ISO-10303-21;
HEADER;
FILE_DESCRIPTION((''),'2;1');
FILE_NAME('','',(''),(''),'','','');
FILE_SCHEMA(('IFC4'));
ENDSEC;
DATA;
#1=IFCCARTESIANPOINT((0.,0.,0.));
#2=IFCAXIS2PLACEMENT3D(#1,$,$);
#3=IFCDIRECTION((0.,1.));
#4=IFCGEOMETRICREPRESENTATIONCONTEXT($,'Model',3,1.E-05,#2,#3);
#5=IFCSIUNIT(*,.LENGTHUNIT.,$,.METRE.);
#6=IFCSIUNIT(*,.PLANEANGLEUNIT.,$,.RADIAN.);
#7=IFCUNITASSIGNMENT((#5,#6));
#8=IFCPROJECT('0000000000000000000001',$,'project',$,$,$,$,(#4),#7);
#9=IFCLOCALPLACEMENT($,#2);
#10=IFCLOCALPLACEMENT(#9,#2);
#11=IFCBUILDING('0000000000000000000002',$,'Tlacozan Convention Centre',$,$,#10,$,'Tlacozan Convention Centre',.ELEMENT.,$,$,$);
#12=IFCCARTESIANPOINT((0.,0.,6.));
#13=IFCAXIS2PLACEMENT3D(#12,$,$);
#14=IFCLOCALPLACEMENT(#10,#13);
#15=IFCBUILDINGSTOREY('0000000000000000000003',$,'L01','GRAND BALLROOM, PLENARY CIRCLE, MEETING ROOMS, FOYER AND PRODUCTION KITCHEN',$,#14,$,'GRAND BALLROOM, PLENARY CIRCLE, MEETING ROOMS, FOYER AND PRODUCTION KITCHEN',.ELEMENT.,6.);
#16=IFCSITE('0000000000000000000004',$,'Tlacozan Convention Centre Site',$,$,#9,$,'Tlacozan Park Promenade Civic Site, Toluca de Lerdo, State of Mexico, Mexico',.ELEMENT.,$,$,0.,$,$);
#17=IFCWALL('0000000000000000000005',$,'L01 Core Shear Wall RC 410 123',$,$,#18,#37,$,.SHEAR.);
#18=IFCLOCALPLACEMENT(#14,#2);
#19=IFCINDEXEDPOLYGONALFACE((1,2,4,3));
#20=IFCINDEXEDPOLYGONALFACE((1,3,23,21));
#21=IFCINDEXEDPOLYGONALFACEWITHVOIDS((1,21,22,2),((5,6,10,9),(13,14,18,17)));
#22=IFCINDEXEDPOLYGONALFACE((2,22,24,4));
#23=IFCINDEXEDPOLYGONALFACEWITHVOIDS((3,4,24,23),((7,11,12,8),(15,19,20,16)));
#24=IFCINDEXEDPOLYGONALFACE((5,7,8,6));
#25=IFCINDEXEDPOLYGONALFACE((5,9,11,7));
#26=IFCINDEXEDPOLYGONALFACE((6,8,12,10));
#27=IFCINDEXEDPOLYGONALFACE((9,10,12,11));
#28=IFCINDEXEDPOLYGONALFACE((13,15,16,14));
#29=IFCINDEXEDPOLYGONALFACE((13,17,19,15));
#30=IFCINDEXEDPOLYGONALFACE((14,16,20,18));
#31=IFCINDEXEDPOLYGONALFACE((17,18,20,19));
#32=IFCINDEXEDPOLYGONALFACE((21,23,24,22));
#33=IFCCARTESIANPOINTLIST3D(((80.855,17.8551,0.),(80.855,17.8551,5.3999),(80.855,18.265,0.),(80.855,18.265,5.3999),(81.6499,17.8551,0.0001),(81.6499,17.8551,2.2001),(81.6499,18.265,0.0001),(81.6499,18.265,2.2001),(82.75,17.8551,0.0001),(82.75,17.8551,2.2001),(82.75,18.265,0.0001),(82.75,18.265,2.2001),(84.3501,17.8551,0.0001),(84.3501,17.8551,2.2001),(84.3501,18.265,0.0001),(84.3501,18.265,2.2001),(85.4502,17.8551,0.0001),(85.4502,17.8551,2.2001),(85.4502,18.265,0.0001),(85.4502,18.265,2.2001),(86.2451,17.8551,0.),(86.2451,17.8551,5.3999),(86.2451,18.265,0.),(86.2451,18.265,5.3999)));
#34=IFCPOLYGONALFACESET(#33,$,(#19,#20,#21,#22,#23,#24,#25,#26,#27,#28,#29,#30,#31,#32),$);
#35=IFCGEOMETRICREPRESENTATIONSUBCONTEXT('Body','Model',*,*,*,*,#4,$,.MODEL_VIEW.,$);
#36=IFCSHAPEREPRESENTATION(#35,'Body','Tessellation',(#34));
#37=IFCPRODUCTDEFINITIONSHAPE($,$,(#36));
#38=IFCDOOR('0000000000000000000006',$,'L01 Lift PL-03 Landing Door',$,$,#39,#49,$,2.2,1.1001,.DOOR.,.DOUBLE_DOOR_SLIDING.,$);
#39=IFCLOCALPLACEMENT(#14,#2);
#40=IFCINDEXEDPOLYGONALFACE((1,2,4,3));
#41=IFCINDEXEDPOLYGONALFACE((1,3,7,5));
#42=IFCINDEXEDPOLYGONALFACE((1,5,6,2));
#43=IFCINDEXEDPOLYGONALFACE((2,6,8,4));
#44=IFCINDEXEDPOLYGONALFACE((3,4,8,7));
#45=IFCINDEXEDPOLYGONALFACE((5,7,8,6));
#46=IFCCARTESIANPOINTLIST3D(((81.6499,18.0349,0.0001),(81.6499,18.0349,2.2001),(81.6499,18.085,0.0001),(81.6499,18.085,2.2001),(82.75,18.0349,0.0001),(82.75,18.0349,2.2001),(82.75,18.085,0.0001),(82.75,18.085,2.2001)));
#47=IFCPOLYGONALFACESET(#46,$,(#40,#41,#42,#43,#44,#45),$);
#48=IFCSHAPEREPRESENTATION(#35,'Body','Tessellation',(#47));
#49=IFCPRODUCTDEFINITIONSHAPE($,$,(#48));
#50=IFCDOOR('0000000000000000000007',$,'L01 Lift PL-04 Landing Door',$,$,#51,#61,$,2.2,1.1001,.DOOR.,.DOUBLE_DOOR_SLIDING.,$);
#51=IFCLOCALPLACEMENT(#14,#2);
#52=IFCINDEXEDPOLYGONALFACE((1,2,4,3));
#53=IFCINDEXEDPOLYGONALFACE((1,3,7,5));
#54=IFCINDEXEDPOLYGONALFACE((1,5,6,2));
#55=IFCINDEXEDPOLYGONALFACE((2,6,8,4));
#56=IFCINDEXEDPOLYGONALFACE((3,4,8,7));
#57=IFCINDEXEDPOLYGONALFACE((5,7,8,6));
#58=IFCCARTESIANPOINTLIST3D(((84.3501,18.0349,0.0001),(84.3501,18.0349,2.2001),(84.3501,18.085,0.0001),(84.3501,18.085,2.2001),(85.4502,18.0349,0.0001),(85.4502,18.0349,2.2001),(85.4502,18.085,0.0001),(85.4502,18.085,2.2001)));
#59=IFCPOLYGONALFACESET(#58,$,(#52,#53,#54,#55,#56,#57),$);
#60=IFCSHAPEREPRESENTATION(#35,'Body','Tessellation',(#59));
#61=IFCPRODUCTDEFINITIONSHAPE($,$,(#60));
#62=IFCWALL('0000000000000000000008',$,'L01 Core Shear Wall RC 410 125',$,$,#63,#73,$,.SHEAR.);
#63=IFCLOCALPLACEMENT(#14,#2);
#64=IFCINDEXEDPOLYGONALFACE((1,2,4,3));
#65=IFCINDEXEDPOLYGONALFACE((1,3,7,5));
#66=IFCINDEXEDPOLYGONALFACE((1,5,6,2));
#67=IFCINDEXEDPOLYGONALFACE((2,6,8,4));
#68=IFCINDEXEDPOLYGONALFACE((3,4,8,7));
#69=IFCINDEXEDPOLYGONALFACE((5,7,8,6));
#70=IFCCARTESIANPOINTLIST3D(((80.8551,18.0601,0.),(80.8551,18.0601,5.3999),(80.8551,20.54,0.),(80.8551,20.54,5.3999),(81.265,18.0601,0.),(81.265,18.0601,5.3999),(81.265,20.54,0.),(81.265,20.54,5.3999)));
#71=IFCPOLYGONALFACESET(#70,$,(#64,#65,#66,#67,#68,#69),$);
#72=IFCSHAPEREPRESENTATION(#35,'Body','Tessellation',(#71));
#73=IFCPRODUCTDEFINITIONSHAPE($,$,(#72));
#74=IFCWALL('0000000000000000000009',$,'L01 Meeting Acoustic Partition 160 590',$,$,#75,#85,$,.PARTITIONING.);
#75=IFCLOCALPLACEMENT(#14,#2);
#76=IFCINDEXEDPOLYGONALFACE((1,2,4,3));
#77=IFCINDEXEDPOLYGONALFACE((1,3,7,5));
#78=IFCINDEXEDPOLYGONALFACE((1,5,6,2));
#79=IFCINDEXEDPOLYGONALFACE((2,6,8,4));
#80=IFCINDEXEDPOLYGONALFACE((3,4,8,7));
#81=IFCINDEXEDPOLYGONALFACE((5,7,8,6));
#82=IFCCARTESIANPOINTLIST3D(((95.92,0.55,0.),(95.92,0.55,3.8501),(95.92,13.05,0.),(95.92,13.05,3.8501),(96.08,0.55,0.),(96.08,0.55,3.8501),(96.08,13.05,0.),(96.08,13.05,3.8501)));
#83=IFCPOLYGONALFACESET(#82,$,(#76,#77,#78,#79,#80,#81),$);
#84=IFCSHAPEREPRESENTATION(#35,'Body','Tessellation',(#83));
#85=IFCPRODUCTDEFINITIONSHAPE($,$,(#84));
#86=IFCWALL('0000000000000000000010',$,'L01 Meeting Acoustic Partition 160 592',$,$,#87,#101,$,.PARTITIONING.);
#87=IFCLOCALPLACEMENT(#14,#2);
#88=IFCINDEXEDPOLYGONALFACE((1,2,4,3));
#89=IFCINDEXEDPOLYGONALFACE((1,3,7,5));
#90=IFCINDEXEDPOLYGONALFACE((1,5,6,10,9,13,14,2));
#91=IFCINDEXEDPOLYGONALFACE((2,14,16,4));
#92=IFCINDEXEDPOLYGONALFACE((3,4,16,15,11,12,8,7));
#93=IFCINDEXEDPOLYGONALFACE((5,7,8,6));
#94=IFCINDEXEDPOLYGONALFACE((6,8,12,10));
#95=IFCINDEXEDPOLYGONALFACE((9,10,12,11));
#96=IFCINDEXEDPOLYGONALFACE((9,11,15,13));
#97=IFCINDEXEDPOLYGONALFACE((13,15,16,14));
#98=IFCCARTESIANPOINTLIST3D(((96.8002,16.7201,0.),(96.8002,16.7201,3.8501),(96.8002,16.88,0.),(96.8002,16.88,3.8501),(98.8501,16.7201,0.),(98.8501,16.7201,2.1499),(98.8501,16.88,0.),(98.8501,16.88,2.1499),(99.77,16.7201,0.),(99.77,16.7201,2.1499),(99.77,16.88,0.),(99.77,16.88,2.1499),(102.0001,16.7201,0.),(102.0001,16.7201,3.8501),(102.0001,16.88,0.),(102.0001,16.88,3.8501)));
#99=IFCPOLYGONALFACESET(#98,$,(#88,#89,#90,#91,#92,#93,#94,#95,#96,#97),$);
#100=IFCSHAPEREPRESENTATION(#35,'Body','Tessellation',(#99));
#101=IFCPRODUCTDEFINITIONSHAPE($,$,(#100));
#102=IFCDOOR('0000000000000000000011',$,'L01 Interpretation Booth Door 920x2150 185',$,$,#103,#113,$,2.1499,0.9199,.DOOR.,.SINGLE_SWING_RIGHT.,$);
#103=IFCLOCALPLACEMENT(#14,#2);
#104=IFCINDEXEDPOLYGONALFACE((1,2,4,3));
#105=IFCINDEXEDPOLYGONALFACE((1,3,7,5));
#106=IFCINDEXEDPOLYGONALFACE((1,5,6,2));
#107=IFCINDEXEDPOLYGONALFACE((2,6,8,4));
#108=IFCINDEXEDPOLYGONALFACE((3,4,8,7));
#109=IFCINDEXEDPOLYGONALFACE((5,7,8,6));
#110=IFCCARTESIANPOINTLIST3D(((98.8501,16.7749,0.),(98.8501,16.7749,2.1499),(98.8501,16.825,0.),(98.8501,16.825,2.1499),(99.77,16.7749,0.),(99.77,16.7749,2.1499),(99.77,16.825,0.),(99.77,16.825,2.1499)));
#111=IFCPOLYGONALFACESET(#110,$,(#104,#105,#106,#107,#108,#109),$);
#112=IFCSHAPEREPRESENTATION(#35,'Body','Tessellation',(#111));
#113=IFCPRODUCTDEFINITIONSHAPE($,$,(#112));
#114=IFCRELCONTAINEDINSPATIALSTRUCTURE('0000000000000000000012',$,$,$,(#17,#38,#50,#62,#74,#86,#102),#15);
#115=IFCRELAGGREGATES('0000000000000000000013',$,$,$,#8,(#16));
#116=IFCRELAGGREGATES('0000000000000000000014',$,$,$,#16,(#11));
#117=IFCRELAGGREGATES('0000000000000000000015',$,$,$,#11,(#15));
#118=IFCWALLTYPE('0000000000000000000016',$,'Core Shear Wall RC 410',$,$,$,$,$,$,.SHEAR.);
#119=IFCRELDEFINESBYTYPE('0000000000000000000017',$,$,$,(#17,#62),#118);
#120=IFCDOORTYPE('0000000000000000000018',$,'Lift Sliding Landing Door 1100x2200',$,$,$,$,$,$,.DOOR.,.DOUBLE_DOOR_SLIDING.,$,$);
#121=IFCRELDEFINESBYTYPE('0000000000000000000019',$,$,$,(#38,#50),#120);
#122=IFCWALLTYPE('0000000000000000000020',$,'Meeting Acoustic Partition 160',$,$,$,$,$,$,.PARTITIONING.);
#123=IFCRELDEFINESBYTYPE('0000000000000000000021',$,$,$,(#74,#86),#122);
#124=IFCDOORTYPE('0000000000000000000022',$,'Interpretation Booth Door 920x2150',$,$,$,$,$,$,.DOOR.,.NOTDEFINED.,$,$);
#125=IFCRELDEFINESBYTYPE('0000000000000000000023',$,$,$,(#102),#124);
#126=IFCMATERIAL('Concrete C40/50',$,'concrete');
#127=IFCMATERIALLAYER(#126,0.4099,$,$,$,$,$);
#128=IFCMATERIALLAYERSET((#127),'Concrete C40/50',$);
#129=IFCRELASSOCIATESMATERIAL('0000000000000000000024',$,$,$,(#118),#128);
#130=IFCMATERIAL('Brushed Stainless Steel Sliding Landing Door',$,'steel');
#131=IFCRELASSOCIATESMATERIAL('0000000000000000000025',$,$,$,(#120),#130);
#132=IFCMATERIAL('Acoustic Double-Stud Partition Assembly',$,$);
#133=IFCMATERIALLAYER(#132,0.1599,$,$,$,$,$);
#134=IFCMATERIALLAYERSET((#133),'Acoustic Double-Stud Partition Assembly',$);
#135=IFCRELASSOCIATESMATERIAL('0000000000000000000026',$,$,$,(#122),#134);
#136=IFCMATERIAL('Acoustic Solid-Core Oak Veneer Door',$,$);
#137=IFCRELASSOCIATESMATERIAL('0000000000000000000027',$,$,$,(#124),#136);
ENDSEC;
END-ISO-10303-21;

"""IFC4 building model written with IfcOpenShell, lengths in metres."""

from ifc_helpers import new_model, si_unit, direction, frame, frame_2d, origin, place, context, subcontext, project, spatial, rectangle, extrude, material, layer, layer_set, type_object, element, fill, save


model = new_model("IFC4")

# Units and contexts
model_context = context("Model", 3, precision=1e-05, world=origin(), true_north=direction((0.0, 1.0)))
body_context = subcontext(model_context, "Body", "Model", "MODEL_VIEW")
ifc_project = project(units=[si_unit("LENGTHUNIT", "METRE"), si_unit("PLANEANGLEUNIT", "RADIAN")], contexts=[model_context])

# Site, building, storey
site_placement = place(None, origin())
site = spatial("IfcSite", under=ifc_project, at=site_placement, Name="Tlacozan Convention Centre Site", LongName="Tlacozan Park Promenade Civic Site, Toluca de Lerdo, State of Mexico, Mexico", CompositionType="ELEMENT", RefElevation=0.0)
building_placement = place(site_placement, origin())
building = spatial("IfcBuilding", under=site, at=building_placement, Name="Tlacozan Convention Centre", LongName="Tlacozan Convention Centre", CompositionType="ELEMENT")
storey_placement = place(building_placement, frame((0.0, 0.0, 6.0)))
storey = spatial("IfcBuildingStorey", under=building, at=storey_placement, Name="L01", Description="GRAND BALLROOM, PLENARY CIRCLE, MEETING ROOMS, FOYER AND PRODUCTION KITCHEN", LongName="GRAND BALLROOM, PLENARY CIRCLE, MEETING ROOMS, FOYER AND PRODUCTION KITCHEN", CompositionType="ELEMENT", Elevation=6.0)

# Shared definitions
ifc_material_1 = material(Name="Concrete C40/50", Category="concrete")

# Wall, openings, doors
ifc_layer_1 = layer(ifc_material_1, 0.4099)
ifc_layer_set_1 = layer_set([ifc_layer_1], Name="Concrete C40/50")
wall_type_1 = type_object("IfcWallType", Name="Core Shear Wall RC 410", PredefinedType="SHEAR", material=ifc_layer_set_1)
wall_1_placement = place(storey_placement, frame((80.855, 18.0601, 0.0), z_axis=(0.0, 0.0, 1.0), x_axis=(1.0, 0.0, 0.0)))
wall_1 = element("IfcWall", 1, at=wall_1_placement, inside=storey, type_object=wall_type_1, Name="L01 Core Shear Wall RC 410 123", PredefinedType="SHEAR", context=body_context, shape_type="SweptSolid", body=[
    extrude(rectangle(XDim=5.3901, YDim=0.4099, at=frame_2d((2.6951, 0.0))), origin(), (0.0, 0.0, 1.0), 5.3999),
])
opening_1_placement = place(wall_1_placement, frame((0.7949, 0.0, 0.0)))
opening_1 = element("IfcOpeningElement", 2, at=opening_1_placement, cuts=wall_1, PredefinedType="OPENING", context=body_context, shape_type="SweptSolid", body=[
    extrude(rectangle(XDim=1.1001, YDim=2.2, at=frame_2d((0.55, 1.1001))), frame((0.0, 0.2148, 0.0), z_axis=(0.0, -1.0, 0.0), x_axis=(1.0, 0.0, 0.0)), (0.0, 0.0, 1.0), 0.4299),
])
opening_2_placement = place(wall_1_placement, frame((3.4951, 0.0, 0.0)))
opening_2 = element("IfcOpeningElement", 3, at=opening_2_placement, cuts=wall_1, PredefinedType="OPENING", context=body_context, shape_type="SweptSolid", body=[
    extrude(rectangle(XDim=1.1001, YDim=2.2, at=frame_2d((0.55, 1.1001))), frame((0.0, 0.2148, 0.0), z_axis=(0.0, -1.0, 0.0), x_axis=(1.0, 0.0, 0.0)), (0.0, 0.0, 1.0), 0.4299),
])
ifc_material_2 = material(Name="Brushed Stainless Steel Sliding Landing Door", Category="steel")
door_type_1 = type_object("IfcDoorType", Name="Lift Sliding Landing Door 1100x2200", OperationType="DOUBLE_DOOR_SLIDING", PredefinedType="DOOR", material=ifc_material_2)
door_1_placement = place(opening_1_placement, origin())
door_1 = element("IfcDoor", 4, at=door_1_placement, inside=storey, type_object=door_type_1, Name="L01 Lift PL-03 Landing Door", OperationType="DOUBLE_DOOR_SLIDING", OverallHeight=2.2, OverallWidth=1.1001, PredefinedType="DOOR", context=body_context, shape_type="SweptSolid", body=[
    extrude(rectangle(XDim=1.1001, YDim=2.2, at=frame_2d((0.55, 1.1001))), frame((0.0, 0.0249, 0.0), z_axis=(0.0, -1.0, 0.0), x_axis=(1.0, 0.0, 0.0)), (0.0, 0.0, 1.0), 0.05),
])
fill(opening_1, door_1)
door_2_placement = place(opening_2_placement, origin())
door_2 = element("IfcDoor", 5, at=door_2_placement, inside=storey, type_object=door_type_1, Name="L01 Lift PL-04 Landing Door", OperationType="DOUBLE_DOOR_SLIDING", OverallHeight=2.2, OverallWidth=1.1001, PredefinedType="DOOR", context=body_context, shape_type="SweptSolid", body=[
    extrude(rectangle(XDim=1.1001, YDim=2.2, at=frame_2d((0.55, 1.1001))), frame((0.0, 0.0249, 0.0), z_axis=(0.0, -1.0, 0.0), x_axis=(1.0, 0.0, 0.0)), (0.0, 0.0, 1.0), 0.05),
])
fill(opening_2, door_2)

# Walls
wall_2_placement = place(storey_placement, frame((81.0601, 18.0601, 0.0), z_axis=(0.0, 0.0, 1.0), x_axis=(0.0, 1.0, 0.0)))
element("IfcWall", 6, at=wall_2_placement, inside=storey, type_object=wall_type_1, Name="L01 Core Shear Wall RC 410 125", PredefinedType="SHEAR", context=body_context, shape_type="SweptSolid", body=[
    extrude(rectangle(XDim=2.48, YDim=0.4099, at=frame_2d((1.24, 0.0))), origin(), (0.0, 0.0, 1.0), 5.3999),
])
ifc_material_3 = material(Name="Acoustic Double-Stud Partition Assembly")
ifc_layer_2 = layer(ifc_material_3, 0.1599)
ifc_layer_set_2 = layer_set([ifc_layer_2], Name="Acoustic Double-Stud Partition Assembly")
wall_type_2 = type_object("IfcWallType", Name="Meeting Acoustic Partition 160", PredefinedType="PARTITIONING", material=ifc_layer_set_2)
wall_3_placement = place(storey_placement, frame((96.0, 0.55, 0.0), z_axis=(0.0, 0.0, 1.0), x_axis=(0.0, 1.0, 0.0)))
element("IfcWall", 7, at=wall_3_placement, inside=storey, type_object=wall_type_2, Name="L01 Meeting Acoustic Partition 160 590", PredefinedType="PARTITIONING", context=body_context, shape_type="SweptSolid", body=[
    extrude(rectangle(XDim=12.5, YDim=0.1599, at=frame_2d((6.25, 0.0))), origin(), (0.0, 0.0, 1.0), 3.8501),
])

# Wall, opening, door
wall_4_placement = place(storey_placement, frame((96.8, 16.8, 0.0), z_axis=(0.0, 0.0, 1.0), x_axis=(1.0, 0.0, 0.0)))
wall_4 = element("IfcWall", 8, at=wall_4_placement, inside=storey, type_object=wall_type_2, Name="L01 Meeting Acoustic Partition 160 592", PredefinedType="PARTITIONING", context=body_context, shape_type="SweptSolid", body=[
    extrude(rectangle(XDim=5.2, YDim=0.1599, at=frame_2d((2.6001, 0.0))), origin(), (0.0, 0.0, 1.0), 3.8501),
])
opening_3_placement = place(wall_4_placement, frame((2.05, 0.0, 0.0)))
opening_3 = element("IfcOpeningElement", 9, at=opening_3_placement, cuts=wall_4, PredefinedType="OPENING", context=body_context, shape_type="SweptSolid", body=[
    extrude(rectangle(XDim=0.9199, YDim=2.1499, at=frame_2d((0.46, 1.075))), frame((0.0, 0.0898, 0.0), z_axis=(0.0, -1.0, 0.0), x_axis=(1.0, 0.0, 0.0)), (0.0, 0.0, 1.0), 0.1799),
])
ifc_material_4 = material(Name="Acoustic Solid-Core Oak Veneer Door")
door_type_2 = type_object("IfcDoorType", Name="Interpretation Booth Door 920x2150", OperationType="NOTDEFINED", PredefinedType="DOOR", material=ifc_material_4)
door_3_placement = place(opening_3_placement, origin())
door_3 = element("IfcDoor", 10, at=door_3_placement, inside=storey, type_object=door_type_2, Name="L01 Interpretation Booth Door 920x2150 185", OperationType="SINGLE_SWING_RIGHT", OverallHeight=2.1499, OverallWidth=0.9199, PredefinedType="DOOR", context=body_context, shape_type="SweptSolid", body=[
    extrude(rectangle(XDim=0.9199, YDim=2.1499, at=frame_2d((0.46, 1.075))), frame((0.0, 0.0249, 0.0), z_axis=(0.0, -1.0, 0.0), x_axis=(1.0, 0.0, 0.0)), (0.0, 0.0, 1.0), 0.05),
])
fill(opening_3, door_3)

save(model, "model.ifc")
